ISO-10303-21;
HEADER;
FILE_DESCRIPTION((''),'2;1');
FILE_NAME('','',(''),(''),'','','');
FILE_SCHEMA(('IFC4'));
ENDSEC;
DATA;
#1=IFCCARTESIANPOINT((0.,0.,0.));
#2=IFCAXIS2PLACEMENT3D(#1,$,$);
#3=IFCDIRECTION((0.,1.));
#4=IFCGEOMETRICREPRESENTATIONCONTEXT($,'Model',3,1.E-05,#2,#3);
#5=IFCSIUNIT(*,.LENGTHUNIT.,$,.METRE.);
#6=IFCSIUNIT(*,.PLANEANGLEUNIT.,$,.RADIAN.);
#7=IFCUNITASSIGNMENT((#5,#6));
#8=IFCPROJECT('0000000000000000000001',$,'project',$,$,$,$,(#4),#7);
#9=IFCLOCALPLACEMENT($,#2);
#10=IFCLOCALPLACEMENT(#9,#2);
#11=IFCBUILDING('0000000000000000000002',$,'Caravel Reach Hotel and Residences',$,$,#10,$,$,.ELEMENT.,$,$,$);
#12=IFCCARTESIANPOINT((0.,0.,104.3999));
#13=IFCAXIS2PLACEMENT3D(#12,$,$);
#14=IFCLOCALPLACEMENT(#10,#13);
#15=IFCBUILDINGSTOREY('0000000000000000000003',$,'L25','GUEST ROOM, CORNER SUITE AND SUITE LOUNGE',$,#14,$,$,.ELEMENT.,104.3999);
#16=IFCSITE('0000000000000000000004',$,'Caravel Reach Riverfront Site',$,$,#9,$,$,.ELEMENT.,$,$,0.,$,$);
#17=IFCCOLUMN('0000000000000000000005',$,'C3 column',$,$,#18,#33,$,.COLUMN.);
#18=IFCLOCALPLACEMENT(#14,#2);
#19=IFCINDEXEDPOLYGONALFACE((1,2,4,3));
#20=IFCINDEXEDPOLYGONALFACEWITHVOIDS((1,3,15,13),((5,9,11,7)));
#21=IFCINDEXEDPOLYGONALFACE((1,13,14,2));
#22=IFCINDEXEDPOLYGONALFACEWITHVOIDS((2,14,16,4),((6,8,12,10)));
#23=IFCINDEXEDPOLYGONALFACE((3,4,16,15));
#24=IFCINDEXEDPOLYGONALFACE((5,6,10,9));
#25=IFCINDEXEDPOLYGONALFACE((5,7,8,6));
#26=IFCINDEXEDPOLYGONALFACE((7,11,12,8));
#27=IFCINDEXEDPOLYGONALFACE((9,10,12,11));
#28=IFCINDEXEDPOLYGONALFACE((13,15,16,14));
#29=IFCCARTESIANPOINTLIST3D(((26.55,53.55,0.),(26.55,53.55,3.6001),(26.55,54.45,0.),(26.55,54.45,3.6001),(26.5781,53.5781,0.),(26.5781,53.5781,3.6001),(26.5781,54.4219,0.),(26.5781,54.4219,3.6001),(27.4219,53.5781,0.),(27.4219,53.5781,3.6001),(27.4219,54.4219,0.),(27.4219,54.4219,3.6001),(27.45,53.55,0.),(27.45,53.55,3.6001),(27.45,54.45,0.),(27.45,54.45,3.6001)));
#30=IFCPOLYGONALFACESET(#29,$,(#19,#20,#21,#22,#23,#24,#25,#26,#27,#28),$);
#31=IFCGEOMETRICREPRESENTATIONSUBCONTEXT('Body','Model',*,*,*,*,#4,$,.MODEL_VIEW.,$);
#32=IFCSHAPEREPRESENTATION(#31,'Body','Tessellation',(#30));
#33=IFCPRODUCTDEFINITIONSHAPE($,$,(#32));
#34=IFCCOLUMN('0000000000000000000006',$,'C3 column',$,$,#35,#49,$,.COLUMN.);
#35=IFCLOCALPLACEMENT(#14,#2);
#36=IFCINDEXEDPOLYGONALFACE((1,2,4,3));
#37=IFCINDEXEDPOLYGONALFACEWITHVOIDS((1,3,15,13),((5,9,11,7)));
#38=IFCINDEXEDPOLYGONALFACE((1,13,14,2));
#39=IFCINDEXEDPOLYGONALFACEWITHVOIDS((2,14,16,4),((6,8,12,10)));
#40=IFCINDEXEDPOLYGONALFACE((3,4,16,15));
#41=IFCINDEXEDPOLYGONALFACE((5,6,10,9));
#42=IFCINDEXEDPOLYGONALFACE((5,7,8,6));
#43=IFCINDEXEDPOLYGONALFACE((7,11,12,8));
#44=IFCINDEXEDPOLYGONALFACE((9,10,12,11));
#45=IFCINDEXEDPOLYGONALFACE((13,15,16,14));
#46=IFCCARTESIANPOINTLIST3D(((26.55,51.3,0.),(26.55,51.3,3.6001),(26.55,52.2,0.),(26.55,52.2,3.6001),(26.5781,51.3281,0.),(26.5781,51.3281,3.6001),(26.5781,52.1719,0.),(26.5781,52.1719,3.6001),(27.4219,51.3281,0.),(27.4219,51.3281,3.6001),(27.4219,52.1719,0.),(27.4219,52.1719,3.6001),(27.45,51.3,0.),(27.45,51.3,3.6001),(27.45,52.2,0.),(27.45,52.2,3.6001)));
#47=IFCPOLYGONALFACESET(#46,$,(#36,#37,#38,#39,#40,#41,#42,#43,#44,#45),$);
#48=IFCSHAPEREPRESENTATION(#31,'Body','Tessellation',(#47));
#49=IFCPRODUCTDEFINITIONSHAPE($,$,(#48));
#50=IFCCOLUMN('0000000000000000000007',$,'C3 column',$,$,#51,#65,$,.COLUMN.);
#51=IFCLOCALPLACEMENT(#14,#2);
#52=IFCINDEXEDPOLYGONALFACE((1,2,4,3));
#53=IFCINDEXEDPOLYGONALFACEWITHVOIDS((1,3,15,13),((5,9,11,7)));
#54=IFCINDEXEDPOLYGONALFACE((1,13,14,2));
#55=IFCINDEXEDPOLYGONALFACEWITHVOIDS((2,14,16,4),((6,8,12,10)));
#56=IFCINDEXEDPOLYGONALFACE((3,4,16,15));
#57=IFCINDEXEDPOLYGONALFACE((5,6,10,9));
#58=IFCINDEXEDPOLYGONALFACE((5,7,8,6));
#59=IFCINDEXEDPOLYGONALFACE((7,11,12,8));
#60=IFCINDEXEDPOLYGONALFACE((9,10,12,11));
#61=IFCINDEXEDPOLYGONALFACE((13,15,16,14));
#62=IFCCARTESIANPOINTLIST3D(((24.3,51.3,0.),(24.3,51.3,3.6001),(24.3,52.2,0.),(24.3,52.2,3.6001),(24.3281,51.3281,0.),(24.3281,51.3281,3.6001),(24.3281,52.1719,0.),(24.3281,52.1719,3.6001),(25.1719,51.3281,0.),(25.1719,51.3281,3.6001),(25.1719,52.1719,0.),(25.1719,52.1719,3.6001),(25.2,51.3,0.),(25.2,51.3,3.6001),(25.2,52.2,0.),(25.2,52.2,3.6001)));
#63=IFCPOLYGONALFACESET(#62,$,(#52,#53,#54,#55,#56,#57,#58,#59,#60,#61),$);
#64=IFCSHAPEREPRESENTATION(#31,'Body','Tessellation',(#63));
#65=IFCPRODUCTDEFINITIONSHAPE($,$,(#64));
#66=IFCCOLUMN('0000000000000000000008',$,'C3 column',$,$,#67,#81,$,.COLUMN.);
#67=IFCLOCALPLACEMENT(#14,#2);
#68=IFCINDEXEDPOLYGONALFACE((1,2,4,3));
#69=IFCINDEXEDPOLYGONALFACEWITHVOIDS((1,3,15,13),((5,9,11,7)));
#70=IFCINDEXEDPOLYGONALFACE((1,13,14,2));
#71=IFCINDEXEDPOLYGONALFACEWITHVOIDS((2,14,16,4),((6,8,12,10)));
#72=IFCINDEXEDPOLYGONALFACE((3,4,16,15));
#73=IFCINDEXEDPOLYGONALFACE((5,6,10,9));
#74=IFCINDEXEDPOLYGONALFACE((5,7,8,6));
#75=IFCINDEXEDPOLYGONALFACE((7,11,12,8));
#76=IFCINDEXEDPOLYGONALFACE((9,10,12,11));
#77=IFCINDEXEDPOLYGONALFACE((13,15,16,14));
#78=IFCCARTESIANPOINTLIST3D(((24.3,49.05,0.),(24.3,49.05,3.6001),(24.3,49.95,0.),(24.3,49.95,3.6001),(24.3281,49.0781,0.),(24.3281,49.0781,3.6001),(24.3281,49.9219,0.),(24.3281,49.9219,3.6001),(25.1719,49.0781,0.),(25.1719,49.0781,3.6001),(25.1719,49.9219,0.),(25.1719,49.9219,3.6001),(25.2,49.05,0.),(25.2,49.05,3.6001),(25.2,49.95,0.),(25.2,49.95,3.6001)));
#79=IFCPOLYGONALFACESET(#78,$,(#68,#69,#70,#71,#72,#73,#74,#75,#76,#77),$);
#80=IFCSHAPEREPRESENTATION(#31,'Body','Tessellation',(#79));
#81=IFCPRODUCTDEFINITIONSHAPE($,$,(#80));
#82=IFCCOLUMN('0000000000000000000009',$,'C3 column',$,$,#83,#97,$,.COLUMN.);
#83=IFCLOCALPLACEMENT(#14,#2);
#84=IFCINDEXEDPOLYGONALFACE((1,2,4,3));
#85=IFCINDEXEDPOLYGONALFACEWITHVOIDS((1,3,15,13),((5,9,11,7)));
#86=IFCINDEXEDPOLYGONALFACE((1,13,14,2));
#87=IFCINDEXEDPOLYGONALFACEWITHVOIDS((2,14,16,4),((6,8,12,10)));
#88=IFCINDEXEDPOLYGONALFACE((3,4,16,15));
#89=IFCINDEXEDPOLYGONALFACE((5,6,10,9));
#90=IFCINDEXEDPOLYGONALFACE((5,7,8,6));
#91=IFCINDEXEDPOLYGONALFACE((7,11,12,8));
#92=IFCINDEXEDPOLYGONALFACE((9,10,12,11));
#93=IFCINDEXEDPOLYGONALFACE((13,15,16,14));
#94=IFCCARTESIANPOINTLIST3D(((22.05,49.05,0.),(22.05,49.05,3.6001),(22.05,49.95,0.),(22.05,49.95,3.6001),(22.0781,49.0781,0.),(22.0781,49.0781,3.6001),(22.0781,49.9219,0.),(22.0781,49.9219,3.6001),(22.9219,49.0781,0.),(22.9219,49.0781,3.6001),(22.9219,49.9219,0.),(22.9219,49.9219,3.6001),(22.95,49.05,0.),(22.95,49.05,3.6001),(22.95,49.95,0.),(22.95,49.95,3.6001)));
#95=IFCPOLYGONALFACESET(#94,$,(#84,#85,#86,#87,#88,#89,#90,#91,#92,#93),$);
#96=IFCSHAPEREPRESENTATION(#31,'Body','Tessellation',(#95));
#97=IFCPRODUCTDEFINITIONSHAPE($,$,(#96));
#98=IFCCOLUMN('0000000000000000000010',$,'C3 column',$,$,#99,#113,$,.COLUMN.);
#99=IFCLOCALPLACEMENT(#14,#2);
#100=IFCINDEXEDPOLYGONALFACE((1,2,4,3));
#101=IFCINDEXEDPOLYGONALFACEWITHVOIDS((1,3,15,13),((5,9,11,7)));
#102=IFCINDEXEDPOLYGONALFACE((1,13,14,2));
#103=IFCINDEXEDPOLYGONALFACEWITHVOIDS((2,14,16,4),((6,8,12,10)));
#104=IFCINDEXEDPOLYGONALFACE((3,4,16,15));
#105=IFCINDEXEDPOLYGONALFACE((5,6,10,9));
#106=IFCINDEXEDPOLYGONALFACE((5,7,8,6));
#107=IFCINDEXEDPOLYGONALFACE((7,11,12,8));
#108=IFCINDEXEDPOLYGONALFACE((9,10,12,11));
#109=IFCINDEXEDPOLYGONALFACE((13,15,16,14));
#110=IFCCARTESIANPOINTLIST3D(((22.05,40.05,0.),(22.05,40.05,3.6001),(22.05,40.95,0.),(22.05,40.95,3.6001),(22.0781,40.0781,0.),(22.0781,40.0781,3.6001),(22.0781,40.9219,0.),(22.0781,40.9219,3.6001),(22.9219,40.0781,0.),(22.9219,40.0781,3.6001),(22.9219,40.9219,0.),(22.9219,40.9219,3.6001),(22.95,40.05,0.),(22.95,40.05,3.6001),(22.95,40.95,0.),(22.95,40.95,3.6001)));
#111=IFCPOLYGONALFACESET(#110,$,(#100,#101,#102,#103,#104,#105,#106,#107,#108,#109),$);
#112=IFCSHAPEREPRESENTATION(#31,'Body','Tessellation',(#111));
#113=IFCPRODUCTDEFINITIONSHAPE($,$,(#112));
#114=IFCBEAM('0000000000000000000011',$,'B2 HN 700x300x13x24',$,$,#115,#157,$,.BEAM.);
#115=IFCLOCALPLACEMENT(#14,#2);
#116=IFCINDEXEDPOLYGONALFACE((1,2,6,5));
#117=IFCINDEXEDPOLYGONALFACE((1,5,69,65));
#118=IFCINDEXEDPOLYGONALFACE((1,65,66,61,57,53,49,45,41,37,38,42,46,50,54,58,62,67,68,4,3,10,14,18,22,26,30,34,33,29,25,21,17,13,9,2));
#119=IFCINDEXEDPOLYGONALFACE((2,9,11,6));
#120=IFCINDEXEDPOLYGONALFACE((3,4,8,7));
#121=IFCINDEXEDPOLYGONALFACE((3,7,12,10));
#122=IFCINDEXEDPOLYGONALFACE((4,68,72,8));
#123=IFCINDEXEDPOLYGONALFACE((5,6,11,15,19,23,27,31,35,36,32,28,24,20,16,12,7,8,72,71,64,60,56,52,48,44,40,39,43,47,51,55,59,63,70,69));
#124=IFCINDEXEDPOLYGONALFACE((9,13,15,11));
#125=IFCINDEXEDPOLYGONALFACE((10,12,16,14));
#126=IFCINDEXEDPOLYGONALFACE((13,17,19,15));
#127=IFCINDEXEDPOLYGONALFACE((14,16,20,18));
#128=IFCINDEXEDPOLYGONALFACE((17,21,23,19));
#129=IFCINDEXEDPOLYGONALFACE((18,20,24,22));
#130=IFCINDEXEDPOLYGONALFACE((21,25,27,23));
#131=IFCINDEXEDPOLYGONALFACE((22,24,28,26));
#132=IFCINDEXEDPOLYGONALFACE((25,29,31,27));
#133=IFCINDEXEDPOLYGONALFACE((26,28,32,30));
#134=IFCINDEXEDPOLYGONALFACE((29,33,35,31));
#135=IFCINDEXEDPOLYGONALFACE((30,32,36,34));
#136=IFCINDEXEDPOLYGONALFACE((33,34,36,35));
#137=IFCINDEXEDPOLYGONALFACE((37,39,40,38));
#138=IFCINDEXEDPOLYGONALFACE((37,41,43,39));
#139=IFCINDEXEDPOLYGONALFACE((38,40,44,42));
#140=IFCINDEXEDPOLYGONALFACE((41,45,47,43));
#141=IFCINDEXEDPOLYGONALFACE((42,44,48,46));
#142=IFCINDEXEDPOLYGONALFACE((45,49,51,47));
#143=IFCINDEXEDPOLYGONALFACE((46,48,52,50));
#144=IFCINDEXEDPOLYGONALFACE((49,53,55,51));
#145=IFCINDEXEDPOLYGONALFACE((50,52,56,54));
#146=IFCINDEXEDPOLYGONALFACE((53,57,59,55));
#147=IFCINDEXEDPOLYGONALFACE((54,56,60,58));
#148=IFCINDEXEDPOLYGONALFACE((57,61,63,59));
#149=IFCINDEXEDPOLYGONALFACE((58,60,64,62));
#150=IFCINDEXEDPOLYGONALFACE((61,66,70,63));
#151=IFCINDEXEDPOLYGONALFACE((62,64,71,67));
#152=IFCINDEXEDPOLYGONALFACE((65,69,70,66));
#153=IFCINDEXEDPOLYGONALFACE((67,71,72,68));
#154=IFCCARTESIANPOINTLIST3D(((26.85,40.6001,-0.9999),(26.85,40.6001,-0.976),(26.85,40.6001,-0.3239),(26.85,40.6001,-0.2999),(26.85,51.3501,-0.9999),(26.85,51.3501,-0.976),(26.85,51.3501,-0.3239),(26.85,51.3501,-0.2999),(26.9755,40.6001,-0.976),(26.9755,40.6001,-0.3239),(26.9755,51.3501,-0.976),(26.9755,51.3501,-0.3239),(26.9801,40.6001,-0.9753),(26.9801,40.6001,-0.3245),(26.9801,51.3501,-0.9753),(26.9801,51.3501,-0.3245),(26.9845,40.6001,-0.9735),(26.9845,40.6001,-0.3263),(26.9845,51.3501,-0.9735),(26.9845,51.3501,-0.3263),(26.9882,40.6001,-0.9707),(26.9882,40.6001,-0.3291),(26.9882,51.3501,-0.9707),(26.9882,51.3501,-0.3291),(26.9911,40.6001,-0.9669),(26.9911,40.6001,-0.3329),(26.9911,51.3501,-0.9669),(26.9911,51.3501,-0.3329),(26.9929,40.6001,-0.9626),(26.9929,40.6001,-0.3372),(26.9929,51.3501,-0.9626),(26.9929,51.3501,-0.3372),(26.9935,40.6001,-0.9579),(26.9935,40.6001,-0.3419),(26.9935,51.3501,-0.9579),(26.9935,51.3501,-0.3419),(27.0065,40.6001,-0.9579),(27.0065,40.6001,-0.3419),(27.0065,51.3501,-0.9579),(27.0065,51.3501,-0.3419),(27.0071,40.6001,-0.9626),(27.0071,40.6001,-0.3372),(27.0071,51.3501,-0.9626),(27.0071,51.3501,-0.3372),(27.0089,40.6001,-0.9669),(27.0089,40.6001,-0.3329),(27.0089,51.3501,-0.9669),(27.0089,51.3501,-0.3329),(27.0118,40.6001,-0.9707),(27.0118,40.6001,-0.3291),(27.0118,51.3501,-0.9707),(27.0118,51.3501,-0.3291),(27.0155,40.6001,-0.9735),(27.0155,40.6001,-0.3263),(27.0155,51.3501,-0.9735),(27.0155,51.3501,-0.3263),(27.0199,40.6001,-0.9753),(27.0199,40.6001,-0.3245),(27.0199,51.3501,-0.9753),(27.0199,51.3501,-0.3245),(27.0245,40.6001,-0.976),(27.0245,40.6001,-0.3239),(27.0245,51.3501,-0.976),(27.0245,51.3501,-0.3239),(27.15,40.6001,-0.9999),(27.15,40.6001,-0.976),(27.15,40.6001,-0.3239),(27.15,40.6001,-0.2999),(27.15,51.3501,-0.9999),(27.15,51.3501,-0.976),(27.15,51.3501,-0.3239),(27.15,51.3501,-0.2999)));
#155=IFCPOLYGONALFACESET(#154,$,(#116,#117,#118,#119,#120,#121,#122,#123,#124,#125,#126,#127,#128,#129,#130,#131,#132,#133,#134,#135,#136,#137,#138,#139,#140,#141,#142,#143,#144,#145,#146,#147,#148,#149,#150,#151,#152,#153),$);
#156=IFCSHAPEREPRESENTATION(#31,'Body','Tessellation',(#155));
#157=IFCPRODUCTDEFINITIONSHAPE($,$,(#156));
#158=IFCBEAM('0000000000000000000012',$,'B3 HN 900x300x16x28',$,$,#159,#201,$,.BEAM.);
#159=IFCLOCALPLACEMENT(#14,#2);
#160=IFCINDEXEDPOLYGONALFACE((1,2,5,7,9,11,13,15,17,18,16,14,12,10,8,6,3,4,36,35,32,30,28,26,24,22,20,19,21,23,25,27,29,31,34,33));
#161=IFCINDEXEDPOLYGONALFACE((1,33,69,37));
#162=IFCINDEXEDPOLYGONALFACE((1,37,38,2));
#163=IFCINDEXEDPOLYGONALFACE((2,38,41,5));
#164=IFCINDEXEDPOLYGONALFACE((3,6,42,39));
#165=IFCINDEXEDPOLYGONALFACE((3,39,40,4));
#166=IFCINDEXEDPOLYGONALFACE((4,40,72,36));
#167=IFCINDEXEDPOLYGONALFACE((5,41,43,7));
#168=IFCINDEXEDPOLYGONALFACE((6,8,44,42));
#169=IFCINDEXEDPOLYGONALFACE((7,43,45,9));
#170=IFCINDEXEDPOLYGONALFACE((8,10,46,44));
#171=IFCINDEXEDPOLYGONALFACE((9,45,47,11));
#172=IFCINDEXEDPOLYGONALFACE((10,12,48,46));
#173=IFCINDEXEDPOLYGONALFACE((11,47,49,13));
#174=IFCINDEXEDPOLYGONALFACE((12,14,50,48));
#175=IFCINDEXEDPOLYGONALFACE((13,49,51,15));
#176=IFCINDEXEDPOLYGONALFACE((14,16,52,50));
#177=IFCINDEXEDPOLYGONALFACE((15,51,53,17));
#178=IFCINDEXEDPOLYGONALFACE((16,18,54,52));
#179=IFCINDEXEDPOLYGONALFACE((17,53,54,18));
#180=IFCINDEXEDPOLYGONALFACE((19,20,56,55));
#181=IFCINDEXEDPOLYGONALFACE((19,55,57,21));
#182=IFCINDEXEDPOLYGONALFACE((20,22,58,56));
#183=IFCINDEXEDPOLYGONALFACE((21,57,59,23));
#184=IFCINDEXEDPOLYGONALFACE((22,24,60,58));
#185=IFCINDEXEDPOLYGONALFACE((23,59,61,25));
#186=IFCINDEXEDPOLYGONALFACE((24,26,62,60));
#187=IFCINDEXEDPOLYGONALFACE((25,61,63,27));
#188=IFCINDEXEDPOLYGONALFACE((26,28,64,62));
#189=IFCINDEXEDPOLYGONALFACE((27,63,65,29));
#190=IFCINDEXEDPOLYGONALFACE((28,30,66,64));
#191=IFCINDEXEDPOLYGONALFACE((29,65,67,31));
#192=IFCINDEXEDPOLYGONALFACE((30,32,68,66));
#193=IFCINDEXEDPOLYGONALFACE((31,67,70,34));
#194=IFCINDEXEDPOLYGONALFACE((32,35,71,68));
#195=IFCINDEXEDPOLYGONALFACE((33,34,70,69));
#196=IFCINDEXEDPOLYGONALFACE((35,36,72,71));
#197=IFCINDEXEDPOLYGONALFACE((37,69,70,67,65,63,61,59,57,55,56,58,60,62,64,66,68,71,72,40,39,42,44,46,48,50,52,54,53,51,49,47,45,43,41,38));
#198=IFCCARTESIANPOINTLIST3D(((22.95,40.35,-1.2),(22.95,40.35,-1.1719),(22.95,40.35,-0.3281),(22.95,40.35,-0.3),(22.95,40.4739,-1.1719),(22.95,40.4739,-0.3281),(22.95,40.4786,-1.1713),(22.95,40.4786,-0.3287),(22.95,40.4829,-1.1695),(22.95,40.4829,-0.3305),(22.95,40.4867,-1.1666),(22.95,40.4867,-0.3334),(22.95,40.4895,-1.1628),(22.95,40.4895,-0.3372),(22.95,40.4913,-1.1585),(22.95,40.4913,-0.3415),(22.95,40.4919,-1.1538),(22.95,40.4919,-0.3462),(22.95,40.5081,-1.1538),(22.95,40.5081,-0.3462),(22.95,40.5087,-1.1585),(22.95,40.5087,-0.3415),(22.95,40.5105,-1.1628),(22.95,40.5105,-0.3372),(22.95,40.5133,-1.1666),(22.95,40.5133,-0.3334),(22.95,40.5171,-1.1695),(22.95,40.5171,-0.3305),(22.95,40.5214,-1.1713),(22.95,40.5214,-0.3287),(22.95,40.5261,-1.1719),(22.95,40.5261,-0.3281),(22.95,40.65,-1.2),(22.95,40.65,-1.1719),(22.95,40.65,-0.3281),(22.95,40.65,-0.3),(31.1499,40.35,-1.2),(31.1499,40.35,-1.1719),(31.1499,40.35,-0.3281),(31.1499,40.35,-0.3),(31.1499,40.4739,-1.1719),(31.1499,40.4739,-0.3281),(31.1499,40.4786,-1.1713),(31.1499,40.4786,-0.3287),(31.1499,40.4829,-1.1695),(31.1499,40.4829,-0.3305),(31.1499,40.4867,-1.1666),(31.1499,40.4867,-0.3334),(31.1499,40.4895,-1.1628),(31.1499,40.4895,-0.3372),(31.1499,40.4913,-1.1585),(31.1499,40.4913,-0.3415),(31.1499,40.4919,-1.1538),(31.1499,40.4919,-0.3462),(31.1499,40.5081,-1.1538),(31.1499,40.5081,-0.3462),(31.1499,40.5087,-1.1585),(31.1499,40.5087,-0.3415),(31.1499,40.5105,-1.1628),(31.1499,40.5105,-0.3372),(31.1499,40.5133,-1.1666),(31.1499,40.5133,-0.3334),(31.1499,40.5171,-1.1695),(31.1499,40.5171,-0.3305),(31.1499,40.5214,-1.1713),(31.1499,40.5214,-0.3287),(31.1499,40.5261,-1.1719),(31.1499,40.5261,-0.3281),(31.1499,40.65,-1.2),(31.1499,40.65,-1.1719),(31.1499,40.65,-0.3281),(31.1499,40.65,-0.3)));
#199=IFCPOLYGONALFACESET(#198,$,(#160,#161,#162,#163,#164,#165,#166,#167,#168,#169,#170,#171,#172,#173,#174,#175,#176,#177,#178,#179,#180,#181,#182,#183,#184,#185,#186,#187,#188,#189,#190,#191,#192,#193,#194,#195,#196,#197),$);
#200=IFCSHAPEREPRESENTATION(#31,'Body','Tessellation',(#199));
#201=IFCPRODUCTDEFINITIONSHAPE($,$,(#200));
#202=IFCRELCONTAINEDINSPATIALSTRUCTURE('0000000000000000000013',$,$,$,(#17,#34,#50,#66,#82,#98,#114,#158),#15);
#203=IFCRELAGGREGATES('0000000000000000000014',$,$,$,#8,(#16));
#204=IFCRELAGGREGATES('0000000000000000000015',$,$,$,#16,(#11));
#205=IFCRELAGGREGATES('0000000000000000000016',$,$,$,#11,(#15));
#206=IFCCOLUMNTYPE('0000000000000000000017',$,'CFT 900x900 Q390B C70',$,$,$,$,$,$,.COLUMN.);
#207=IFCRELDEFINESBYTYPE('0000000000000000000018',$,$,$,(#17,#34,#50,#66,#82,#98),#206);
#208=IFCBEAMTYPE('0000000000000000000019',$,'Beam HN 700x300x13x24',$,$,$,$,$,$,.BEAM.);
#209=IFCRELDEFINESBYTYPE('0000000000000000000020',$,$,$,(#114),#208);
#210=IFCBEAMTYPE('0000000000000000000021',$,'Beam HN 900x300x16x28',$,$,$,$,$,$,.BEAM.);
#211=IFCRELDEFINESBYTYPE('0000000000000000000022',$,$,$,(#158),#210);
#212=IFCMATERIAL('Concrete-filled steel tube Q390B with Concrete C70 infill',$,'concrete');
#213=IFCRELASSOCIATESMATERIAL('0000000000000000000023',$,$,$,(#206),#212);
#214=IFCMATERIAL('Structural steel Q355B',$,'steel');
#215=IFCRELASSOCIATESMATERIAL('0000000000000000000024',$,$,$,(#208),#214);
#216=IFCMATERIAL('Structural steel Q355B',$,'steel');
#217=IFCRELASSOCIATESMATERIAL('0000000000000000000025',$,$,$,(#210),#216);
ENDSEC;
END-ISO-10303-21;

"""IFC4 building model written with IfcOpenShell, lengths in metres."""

from ifc_helpers import new_model, si_unit, direction, frame, origin, origin_2d, place, context, subcontext, project, spatial, hollow_rectangle, i_section, extrude, material, material_profile, profile_set, type_object, element, save


model = new_model("IFC4")

# Units and contexts
model_context = context("Model", 3, precision=1e-05, world=origin(), true_north=direction((0.0, 1.0)))
body_context = subcontext(model_context, "Body", "Model", "MODEL_VIEW")
ifc_project = project(units=[si_unit("LENGTHUNIT", "METRE"), si_unit("PLANEANGLEUNIT", "RADIAN")], contexts=[model_context])

# Site, building, storey
site_placement = place(None, origin())
site = spatial("IfcSite", under=ifc_project, at=site_placement, Name="Caravel Reach Riverfront Site", CompositionType="ELEMENT", RefElevation=0.0)
building_placement = place(site_placement, origin())
building = spatial("IfcBuilding", under=site, at=building_placement, Name="Caravel Reach Hotel and Residences", CompositionType="ELEMENT")
storey_placement = place(building_placement, frame((0.0, 0.0, 104.3999)))
storey = spatial("IfcBuildingStorey", under=building, at=storey_placement, Name="L25", Description="GUEST ROOM, CORNER SUITE AND SUITE LOUNGE", CompositionType="ELEMENT", Elevation=104.3999)

# Columns
ifc_material_1 = material(Name="Concrete-filled steel tube Q390B with Concrete C70 infill", Category="concrete")
ifc_material_profile_1 = material_profile(ifc_material_1, hollow_rectangle(XDim=0.8999, YDim=0.8999, WallThickness=0.0281, at=origin_2d()), Name="RHS 900x900x28")
ifc_profile_set_1 = profile_set([ifc_material_profile_1], Name="Concrete-filled steel tube Q390B with Concrete C70 infill")
column_type = type_object("IfcColumnType", Name="CFT 900x900 Q390B C70", PredefinedType="COLUMN", material=ifc_profile_set_1)
for number, where, z_axis, x_axis, name in (
    (1, (27.0, 54.0, 0.0), (0.0, 0.0, 1.0), (1.0, 0.0, 0.0), "C3 column"),
    (2, (27.0, 51.75, 0.0), (0.0, 0.0, 1.0), (1.0, 0.0, 0.0), "C3 column"),
    (3, (24.75, 51.75, 0.0), (0.0, 0.0, 1.0), (1.0, 0.0, 0.0), "C3 column"),
    (4, (24.75, 49.5, 0.0), (0.0, 0.0, 1.0), (1.0, 0.0, 0.0), "C3 column"),
    (5, (22.5, 49.5, 0.0), (0.0, 0.0, 1.0), (1.0, 0.0, 0.0), "C3 column"),
    (6, (22.5, 40.5, 0.0), (0.0, 0.0, 1.0), (1.0, 0.0, 0.0), "C3 column"),
):
    element("IfcColumn", number, at=place(storey_placement, frame(where, z_axis=z_axis, x_axis=x_axis)), inside=storey, type_object=column_type, Name=name, PredefinedType="COLUMN", context=body_context, shape_type="SweptSolid", body=[
        extrude(hollow_rectangle(XDim=0.8999, YDim=0.8999, WallThickness=0.0281, at=origin_2d()), origin(), (0.0, 0.0, 1.0), 3.6001),
    ])

# Beams
ifc_material_2 = material(Name="Structural steel Q355B", Category="steel")
ifc_material_profile_2 = material_profile(ifc_material_2, i_section(OverallWidth=0.3, OverallDepth=0.7, WebThickness=0.0129, FlangeThickness=0.0239, FilletRadius=0.0181, at=origin_2d()), Name="HN 700x300x13x24")
ifc_profile_set_2 = profile_set([ifc_material_profile_2], Name="Structural steel Q355B")
beam_type_1 = type_object("IfcBeamType", Name="Beam HN 700x300x13x24", PredefinedType="BEAM", material=ifc_profile_set_2)
beam_1_placement = place(storey_placement, frame((27.0, 40.6001, -0.6499), z_axis=(0.0, 1.0, 0.0), x_axis=(-1.0, 0.0, 0.0)))
element("IfcBeam", 7, at=beam_1_placement, inside=storey, type_object=beam_type_1, Name="B2 HN 700x300x13x24", PredefinedType="BEAM", context=body_context, shape_type="SweptSolid", body=[
    extrude(i_section(OverallWidth=0.3, OverallDepth=0.7, WebThickness=0.0129, FlangeThickness=0.0239, FilletRadius=0.0181, at=origin_2d()), origin(), (0.0, 0.0, 1.0), 10.75),
])
ifc_material_3 = material(Name="Structural steel Q355B", Category="steel")
ifc_material_profile_3 = material_profile(ifc_material_3, i_section(OverallWidth=0.3, OverallDepth=0.8999, WebThickness=0.0161, FlangeThickness=0.0281, FilletRadius=0.0181, at=origin_2d()), Name="HN 900x300x16x28")
ifc_profile_set_3 = profile_set([ifc_material_profile_3], Name="Structural steel Q355B")
beam_type_2 = type_object("IfcBeamType", Name="Beam HN 900x300x16x28", PredefinedType="BEAM", material=ifc_profile_set_3)
beam_2_placement = place(storey_placement, frame((22.95, 40.5, -0.75), z_axis=(1.0, 0.0, 0.0), x_axis=(0.0, 1.0, 0.0)))
element("IfcBeam", 8, at=beam_2_placement, inside=storey, type_object=beam_type_2, Name="B3 HN 900x300x16x28", PredefinedType="BEAM", context=body_context, shape_type="SweptSolid", body=[
    extrude(i_section(OverallWidth=0.3, OverallDepth=0.8999, WebThickness=0.0161, FlangeThickness=0.0281, FilletRadius=0.0181, at=origin_2d()), origin(), (0.0, 0.0, 1.0), 8.2),
])

save(model, "model.ifc")
